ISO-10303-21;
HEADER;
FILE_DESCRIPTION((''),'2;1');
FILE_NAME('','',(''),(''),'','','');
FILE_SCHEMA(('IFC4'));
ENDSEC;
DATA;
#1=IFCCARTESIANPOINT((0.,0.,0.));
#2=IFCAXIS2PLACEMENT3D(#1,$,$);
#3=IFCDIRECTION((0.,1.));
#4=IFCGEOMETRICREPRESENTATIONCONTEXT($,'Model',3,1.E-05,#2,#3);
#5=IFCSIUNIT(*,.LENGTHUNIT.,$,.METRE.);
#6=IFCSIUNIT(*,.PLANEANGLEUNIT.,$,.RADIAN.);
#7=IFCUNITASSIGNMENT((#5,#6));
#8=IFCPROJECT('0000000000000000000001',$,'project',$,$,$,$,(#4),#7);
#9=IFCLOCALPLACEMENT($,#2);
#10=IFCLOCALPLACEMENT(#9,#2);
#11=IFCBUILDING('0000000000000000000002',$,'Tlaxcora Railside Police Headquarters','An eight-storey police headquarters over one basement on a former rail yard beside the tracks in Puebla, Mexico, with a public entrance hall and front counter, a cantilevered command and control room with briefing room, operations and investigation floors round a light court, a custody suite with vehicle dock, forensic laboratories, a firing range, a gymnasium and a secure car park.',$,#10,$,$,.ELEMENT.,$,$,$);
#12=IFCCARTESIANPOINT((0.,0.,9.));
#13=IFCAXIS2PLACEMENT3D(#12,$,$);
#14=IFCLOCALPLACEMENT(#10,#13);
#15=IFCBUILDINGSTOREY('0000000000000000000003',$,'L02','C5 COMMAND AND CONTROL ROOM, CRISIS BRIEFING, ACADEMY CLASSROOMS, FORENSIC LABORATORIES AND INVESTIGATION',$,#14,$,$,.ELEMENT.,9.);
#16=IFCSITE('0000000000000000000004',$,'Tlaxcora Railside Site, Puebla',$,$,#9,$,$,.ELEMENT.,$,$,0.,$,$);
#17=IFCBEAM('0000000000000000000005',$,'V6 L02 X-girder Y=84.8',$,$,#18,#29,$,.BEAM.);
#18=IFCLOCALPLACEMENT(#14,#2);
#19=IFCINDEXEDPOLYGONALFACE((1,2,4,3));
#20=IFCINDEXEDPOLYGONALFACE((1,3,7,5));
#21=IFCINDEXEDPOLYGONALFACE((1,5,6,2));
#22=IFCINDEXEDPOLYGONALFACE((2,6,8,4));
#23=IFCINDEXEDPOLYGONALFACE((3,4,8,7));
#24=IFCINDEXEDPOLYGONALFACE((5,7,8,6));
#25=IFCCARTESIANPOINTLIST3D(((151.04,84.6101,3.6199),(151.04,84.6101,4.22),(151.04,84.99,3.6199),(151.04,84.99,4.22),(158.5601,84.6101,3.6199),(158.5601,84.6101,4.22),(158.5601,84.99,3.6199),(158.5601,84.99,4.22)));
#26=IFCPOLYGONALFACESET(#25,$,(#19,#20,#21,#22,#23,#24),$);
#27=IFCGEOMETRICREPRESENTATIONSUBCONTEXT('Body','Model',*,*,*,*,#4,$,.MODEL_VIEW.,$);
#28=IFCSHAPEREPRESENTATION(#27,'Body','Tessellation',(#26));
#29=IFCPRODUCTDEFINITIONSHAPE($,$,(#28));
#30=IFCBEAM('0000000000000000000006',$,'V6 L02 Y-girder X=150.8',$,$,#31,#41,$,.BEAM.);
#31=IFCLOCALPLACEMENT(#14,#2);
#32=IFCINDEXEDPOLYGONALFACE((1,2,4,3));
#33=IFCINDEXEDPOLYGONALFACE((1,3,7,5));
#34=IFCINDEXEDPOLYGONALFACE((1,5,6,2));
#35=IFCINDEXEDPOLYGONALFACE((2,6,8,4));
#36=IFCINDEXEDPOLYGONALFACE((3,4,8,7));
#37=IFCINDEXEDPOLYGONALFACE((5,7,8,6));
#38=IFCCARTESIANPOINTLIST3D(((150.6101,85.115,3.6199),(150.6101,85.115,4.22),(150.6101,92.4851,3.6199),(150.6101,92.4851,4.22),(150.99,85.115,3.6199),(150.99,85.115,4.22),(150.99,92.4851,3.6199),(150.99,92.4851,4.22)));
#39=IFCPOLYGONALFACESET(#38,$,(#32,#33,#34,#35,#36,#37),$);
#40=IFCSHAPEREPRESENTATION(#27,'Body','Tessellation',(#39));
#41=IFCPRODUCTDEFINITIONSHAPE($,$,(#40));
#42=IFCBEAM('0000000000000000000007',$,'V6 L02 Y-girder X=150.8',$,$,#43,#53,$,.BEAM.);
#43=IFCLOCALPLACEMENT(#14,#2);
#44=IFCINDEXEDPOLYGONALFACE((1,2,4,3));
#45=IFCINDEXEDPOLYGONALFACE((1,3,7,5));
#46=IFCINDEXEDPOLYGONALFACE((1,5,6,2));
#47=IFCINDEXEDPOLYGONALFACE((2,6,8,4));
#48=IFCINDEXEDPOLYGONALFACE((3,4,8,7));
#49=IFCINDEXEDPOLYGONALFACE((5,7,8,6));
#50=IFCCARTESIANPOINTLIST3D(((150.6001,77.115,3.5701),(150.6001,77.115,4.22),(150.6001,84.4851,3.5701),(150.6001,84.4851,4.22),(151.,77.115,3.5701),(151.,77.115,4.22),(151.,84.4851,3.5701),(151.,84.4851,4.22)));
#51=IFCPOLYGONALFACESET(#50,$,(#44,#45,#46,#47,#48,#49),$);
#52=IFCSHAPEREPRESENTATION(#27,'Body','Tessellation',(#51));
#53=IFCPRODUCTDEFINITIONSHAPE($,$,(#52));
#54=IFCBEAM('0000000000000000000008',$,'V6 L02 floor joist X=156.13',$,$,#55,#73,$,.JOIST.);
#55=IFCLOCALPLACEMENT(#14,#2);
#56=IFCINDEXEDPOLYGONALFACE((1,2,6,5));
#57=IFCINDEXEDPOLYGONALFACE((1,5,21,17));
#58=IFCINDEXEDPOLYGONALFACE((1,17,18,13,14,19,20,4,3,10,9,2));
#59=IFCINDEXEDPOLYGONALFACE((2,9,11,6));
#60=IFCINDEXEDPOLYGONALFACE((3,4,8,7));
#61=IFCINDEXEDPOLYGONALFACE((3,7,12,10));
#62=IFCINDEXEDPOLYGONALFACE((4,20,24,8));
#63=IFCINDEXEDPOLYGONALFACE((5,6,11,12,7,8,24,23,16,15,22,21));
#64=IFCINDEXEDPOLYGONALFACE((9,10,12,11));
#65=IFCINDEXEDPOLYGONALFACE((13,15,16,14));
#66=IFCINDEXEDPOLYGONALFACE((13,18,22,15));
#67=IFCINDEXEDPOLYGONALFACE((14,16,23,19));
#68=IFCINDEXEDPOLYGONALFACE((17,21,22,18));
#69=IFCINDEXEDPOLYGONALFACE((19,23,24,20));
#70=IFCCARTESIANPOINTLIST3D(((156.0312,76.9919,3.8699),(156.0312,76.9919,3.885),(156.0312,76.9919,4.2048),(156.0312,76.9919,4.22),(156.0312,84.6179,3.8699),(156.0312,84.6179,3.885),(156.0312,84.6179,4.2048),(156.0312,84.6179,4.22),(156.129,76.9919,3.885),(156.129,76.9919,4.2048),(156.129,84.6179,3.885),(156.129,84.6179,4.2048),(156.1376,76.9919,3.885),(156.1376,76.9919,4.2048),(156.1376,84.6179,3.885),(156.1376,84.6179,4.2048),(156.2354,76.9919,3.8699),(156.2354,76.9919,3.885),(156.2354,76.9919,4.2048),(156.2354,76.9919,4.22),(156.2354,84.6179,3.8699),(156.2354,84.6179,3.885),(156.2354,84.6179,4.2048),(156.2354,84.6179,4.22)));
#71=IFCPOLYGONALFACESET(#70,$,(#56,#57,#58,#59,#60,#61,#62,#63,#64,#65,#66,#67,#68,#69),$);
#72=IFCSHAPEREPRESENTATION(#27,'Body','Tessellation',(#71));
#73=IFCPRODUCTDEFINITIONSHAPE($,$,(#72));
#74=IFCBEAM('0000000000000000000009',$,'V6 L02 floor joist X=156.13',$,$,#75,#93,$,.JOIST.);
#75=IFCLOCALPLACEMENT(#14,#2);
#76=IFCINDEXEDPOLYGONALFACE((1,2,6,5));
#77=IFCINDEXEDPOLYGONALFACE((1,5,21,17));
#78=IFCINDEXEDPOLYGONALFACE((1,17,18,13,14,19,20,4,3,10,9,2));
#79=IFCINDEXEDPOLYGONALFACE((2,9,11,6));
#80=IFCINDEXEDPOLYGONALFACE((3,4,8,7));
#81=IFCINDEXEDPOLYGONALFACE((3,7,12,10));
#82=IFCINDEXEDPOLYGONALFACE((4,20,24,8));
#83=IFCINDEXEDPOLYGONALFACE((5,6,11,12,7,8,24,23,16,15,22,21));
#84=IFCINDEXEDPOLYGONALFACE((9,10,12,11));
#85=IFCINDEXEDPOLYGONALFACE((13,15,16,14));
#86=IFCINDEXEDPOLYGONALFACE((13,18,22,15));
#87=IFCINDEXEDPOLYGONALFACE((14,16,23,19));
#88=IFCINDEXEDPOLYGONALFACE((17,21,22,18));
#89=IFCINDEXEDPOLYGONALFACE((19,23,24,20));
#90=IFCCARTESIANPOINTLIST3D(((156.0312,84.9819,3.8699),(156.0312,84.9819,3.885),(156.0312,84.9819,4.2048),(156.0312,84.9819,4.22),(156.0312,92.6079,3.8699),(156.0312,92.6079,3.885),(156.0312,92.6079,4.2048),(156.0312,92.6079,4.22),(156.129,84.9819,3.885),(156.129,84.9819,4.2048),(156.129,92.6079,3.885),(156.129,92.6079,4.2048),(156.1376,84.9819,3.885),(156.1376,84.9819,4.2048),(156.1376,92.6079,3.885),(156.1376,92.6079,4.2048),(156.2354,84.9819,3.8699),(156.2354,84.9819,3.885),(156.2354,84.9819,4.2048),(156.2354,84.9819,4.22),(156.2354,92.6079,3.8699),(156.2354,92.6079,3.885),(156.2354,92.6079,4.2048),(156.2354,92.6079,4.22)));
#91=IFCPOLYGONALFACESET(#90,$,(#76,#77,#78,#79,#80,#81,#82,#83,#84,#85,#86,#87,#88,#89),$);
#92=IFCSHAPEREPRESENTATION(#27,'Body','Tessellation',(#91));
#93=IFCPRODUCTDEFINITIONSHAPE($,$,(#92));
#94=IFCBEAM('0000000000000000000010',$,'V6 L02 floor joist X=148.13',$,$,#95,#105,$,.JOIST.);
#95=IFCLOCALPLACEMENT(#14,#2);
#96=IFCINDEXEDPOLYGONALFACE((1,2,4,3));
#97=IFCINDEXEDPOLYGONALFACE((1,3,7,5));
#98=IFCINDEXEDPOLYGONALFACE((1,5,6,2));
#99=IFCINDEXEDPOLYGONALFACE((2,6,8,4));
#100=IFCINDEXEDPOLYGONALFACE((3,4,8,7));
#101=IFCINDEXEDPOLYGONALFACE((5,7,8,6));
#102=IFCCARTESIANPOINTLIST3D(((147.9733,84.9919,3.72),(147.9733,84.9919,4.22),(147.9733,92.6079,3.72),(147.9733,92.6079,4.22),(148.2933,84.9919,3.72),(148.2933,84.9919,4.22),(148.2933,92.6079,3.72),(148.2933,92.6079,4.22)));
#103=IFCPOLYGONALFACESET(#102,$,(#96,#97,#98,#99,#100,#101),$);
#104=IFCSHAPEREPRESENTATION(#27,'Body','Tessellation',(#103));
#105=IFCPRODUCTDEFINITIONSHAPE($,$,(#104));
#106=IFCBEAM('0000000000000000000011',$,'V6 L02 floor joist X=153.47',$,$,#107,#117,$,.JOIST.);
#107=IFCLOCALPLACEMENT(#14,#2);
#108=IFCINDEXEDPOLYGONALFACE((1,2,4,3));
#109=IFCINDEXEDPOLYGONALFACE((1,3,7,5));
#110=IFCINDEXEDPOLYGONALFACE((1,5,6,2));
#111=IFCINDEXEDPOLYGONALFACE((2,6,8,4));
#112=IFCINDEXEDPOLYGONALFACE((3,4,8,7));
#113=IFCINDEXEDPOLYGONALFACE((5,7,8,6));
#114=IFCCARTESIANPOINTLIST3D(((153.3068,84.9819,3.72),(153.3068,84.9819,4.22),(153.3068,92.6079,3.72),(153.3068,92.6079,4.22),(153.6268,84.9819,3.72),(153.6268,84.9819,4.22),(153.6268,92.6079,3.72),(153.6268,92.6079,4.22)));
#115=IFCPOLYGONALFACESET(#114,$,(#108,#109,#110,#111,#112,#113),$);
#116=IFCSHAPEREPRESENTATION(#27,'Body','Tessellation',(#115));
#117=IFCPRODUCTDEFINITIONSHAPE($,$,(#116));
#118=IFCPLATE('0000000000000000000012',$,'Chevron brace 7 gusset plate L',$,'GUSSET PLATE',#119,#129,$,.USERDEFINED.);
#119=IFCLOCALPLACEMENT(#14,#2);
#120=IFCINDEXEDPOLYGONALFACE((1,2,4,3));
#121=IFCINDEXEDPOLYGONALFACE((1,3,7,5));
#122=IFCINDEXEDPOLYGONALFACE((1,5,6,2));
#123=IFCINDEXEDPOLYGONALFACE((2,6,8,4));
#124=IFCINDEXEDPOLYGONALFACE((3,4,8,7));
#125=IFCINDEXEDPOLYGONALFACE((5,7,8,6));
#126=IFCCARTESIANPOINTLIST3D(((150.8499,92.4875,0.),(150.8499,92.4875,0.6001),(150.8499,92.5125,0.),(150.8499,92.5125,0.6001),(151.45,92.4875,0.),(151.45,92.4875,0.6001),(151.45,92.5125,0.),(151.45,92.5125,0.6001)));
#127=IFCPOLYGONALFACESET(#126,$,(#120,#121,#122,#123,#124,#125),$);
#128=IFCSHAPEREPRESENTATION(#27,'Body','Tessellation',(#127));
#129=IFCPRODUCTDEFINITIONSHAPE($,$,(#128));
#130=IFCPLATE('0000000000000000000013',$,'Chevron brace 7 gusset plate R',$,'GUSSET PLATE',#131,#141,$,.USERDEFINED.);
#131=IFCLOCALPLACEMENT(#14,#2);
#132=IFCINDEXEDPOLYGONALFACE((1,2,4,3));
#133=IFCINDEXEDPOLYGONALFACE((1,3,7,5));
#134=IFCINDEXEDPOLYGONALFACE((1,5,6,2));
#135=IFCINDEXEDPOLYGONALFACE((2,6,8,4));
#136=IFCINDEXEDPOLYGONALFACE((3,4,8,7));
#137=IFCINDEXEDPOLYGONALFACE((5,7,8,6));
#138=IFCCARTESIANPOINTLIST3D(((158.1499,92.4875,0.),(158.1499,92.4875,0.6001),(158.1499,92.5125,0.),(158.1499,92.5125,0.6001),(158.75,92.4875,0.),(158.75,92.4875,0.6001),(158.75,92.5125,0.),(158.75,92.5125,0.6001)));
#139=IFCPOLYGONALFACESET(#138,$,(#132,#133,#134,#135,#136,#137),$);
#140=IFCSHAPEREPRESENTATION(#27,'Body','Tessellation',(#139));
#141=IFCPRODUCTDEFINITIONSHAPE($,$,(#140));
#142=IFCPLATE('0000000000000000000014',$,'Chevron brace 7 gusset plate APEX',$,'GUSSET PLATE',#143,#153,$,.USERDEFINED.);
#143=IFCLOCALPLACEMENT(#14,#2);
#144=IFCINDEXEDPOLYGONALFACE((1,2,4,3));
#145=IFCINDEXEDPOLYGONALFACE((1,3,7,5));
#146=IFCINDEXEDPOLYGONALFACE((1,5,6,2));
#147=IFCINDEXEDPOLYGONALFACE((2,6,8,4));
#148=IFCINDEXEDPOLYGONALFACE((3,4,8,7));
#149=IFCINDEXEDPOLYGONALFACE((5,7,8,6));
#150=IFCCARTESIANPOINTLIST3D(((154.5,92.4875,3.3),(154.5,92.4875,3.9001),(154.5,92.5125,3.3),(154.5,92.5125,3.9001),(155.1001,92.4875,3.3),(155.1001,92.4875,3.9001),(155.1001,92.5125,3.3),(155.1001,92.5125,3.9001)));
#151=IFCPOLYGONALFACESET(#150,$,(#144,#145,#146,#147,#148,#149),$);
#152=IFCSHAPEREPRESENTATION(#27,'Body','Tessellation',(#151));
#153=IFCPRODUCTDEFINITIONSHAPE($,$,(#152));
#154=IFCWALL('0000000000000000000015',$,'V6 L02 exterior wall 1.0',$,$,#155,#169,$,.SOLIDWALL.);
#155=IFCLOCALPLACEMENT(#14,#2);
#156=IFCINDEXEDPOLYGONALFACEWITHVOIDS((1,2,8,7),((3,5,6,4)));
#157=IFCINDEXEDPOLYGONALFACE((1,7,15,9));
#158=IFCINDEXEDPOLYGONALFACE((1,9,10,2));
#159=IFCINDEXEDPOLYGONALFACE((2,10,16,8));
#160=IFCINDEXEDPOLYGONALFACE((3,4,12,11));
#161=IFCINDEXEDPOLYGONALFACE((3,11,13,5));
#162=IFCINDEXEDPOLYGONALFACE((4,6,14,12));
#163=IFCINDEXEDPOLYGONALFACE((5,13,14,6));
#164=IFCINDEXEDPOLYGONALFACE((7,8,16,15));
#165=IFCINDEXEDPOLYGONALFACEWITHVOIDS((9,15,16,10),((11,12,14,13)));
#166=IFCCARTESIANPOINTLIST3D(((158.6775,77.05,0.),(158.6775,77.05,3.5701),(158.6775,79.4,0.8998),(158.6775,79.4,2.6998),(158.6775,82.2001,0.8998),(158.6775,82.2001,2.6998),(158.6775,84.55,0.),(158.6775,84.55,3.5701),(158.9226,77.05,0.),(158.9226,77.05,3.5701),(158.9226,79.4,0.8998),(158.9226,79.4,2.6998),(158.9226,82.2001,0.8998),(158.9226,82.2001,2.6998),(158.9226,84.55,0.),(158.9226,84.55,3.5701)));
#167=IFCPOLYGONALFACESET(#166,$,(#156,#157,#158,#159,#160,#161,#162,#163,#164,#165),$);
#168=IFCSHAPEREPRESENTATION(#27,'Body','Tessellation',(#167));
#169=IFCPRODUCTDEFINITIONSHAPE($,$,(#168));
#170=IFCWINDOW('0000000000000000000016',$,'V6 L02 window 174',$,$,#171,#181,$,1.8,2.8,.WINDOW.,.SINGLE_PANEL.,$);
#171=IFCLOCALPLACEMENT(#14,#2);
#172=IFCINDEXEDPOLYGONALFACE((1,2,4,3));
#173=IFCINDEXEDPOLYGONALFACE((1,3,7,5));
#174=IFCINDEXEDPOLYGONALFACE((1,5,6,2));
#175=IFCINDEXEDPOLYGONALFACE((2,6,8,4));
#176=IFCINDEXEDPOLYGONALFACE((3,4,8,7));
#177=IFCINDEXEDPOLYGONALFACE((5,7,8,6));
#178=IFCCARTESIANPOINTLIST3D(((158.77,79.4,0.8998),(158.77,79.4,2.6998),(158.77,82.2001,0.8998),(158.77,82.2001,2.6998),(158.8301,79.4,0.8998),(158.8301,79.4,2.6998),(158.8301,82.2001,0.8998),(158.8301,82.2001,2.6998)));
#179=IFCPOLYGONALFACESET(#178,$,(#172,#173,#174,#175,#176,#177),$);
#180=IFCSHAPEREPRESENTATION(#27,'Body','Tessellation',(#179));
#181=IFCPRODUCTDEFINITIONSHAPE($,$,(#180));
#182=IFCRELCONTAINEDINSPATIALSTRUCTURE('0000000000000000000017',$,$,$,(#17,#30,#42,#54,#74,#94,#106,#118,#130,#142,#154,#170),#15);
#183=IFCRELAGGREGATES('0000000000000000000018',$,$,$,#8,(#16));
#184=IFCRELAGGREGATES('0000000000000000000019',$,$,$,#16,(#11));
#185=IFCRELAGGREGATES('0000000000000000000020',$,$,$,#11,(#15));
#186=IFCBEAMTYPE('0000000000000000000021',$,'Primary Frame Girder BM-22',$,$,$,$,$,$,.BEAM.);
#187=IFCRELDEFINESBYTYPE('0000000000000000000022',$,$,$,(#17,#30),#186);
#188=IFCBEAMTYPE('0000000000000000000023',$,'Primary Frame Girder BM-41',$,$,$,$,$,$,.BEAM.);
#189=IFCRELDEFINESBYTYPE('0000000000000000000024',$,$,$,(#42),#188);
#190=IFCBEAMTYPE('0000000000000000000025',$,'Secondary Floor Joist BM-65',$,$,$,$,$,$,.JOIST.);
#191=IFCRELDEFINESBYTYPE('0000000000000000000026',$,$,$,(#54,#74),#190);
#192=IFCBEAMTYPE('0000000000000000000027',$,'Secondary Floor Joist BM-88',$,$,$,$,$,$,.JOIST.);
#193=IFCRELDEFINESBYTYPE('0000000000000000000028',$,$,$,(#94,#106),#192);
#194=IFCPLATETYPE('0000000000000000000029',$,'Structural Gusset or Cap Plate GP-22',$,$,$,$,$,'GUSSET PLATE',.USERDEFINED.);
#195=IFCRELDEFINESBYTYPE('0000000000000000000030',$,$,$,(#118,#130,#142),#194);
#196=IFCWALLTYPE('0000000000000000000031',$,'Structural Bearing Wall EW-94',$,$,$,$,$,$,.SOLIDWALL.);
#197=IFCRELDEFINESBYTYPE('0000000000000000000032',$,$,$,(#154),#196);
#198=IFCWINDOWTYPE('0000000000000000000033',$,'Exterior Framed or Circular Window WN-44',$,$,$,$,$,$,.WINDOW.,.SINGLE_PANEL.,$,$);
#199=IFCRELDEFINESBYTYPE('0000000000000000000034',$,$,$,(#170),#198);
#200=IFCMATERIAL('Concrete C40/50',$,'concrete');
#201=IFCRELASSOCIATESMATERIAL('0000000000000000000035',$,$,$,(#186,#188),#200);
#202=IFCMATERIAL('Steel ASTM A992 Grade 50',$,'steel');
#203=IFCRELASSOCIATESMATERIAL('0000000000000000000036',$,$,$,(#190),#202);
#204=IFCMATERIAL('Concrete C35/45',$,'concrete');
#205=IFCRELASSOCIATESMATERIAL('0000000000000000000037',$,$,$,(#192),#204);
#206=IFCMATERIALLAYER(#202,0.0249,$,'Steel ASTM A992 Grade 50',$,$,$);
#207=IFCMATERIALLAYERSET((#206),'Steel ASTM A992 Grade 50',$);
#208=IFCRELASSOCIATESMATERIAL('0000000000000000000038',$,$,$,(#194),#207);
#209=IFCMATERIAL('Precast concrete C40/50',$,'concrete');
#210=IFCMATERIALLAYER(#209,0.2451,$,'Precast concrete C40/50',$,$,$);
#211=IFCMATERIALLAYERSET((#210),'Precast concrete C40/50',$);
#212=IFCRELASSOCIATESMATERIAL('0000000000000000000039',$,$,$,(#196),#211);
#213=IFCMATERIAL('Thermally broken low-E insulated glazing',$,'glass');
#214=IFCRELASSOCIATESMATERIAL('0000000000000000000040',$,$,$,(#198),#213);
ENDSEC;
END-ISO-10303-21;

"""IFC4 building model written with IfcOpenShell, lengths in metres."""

from ifc_helpers import new_model, si_unit, direction, frame, frame_2d, origin, origin_2d, place, context, subcontext, project, spatial, rectangle, i_section, extrude, material, layer, layer_set, material_profile, profile_set, type_object, element, fill, save


model = new_model("IFC4")

# Units and contexts
model_context = context("Model", 3, precision=1e-05, world=origin(), true_north=direction((0.0, 1.0)))
body_context = subcontext(model_context, "Body", "Model", "MODEL_VIEW")
ifc_project = project(units=[si_unit("LENGTHUNIT", "METRE"), si_unit("PLANEANGLEUNIT", "RADIAN")], contexts=[model_context])

# Site, building, storey
site_placement = place(None, origin())
site = spatial("IfcSite", under=ifc_project, at=site_placement, Name="Tlaxcora Railside Site, Puebla", CompositionType="ELEMENT", RefElevation=0.0)
building_placement = place(site_placement, origin())
building = spatial("IfcBuilding", under=site, at=building_placement, Name="Tlaxcora Railside Police Headquarters", Description="An eight-storey police headquarters over one basement on a former rail yard beside the tracks in Puebla, Mexico, with a public entrance hall and front counter, a cantilevered command and control room with briefing room, operations and investigation floors round a light court, a custody suite with vehicle dock, forensic laboratories, a firing range, a gymnasium and a secure car park.", CompositionType="ELEMENT")
storey_placement = place(building_placement, frame((0.0, 0.0, 9.0)))
storey = spatial("IfcBuildingStorey", under=building, at=storey_placement, Name="L02", Description="C5 COMMAND AND CONTROL ROOM, CRISIS BRIEFING, ACADEMY CLASSROOMS, FORENSIC LABORATORIES AND INVESTIGATION", CompositionType="ELEMENT", Elevation=9.0)

# Shared definitions
ifc_material_1 = material(Name="Concrete C40/50", Category="concrete")

# Shared definitions
ifc_material_2 = material(Name="Steel ASTM A992 Grade 50", Category="steel")

# Beams
ifc_material_profile_1 = material_profile(ifc_material_1, rectangle(XDim=0.3799, YDim=0.6001, at=origin_2d()), Name="RC380X600")
ifc_profile_set_1 = profile_set([ifc_material_profile_1], Name="Concrete C40/50")
beam_type_1 = type_object("IfcBeamType", Name="Primary Frame Girder BM-22", PredefinedType="BEAM", material=ifc_profile_set_1)
beam_1_placement = place(storey_placement, frame((151.04, 84.8, 3.9199), z_axis=(1.0, 0.0, 0.0), x_axis=(0.0, 1.0, 0.0)))
element("IfcBeam", 1, at=beam_1_placement, inside=storey, type_object=beam_type_1, Name="V6 L02 X-girder Y=84.8", PredefinedType="BEAM", context=body_context, shape_type="SweptSolid", body=[
    extrude(rectangle(XDim=0.3799, YDim=0.6001, at=origin_2d()), origin(), (0.0, 0.0, 1.0), 7.52),
])
beam_2_placement = place(storey_placement, frame((150.8, 85.115, 3.9199), z_axis=(0.0, 1.0, 0.0), x_axis=(-1.0, 0.0, 0.0)))
element("IfcBeam", 2, at=beam_2_placement, inside=storey, type_object=beam_type_1, Name="V6 L02 Y-girder X=150.8", PredefinedType="BEAM", context=body_context, shape_type="SweptSolid", body=[
    extrude(rectangle(XDim=0.3799, YDim=0.6001, at=origin_2d()), origin(), (0.0, 0.0, 1.0), 7.3701),
])
ifc_material_profile_2 = material_profile(ifc_material_1, rectangle(XDim=0.3999, YDim=0.6499, at=origin_2d()), Name="RC400X650")
ifc_profile_set_2 = profile_set([ifc_material_profile_2], Name="Concrete C40/50")
beam_type_2 = type_object("IfcBeamType", Name="Primary Frame Girder BM-41", PredefinedType="BEAM", material=ifc_profile_set_2)
beam_3_placement = place(storey_placement, frame((150.8, 77.115, 3.895), z_axis=(0.0, 1.0, 0.0), x_axis=(-1.0, 0.0, 0.0)))
element("IfcBeam", 3, at=beam_3_placement, inside=storey, type_object=beam_type_2, Name="V6 L02 Y-girder X=150.8", PredefinedType="BEAM", context=body_context, shape_type="SweptSolid", body=[
    extrude(rectangle(XDim=0.3999, YDim=0.6499, at=origin_2d()), origin(), (0.0, 0.0, 1.0), 7.3701),
])
ifc_material_profile_3 = material_profile(ifc_material_2, i_section(OverallWidth=0.2041, OverallDepth=0.3501, WebThickness=0.0085, FlangeThickness=0.0151, at=origin_2d()), Name="W14X48")
ifc_profile_set_3 = profile_set([ifc_material_profile_3], Name="Steel ASTM A992 Grade 50")
beam_type_3 = type_object("IfcBeamType", Name="Secondary Floor Joist BM-65", PredefinedType="JOIST", material=ifc_profile_set_3)
for number, where, z_axis, x_axis, name in (
    (4, (156.1333, 76.9919, 4.0449), (0.0, 1.0, 0.0), (-1.0, 0.0, 0.0), "V6 L02 floor joist X=156.13"),
    (5, (156.1333, 84.9819, 4.0449), (0.0, 1.0, 0.0), (-1.0, 0.0, 0.0), "V6 L02 floor joist X=156.13"),
):
    element("IfcBeam", number, at=place(storey_placement, frame(where, z_axis=z_axis, x_axis=x_axis)), inside=storey, type_object=beam_type_3, Name=name, PredefinedType="JOIST", context=body_context, shape_type="SweptSolid", body=[
        extrude(i_section(OverallWidth=0.2041, OverallDepth=0.3501, WebThickness=0.0085, FlangeThickness=0.0151, at=origin_2d()), origin(), (0.0, 0.0, 1.0), 7.626),
    ])
ifc_material_3 = material(Name="Concrete C35/45", Category="concrete")
ifc_material_profile_4 = material_profile(ifc_material_3, rectangle(XDim=0.3201, YDim=0.5, at=origin_2d()), Name="RC320X500")
ifc_profile_set_4 = profile_set([ifc_material_profile_4], Name="Concrete C35/45")
beam_type_4 = type_object("IfcBeamType", Name="Secondary Floor Joist BM-88", PredefinedType="JOIST", material=ifc_profile_set_4)
beam_4_placement = place(storey_placement, frame((148.1333, 84.9919, 3.97), z_axis=(0.0, 1.0, 0.0), x_axis=(-1.0, 0.0, 0.0)))
element("IfcBeam", 6, at=beam_4_placement, inside=storey, type_object=beam_type_4, Name="V6 L02 floor joist X=148.13", PredefinedType="JOIST", context=body_context, shape_type="SweptSolid", body=[
    extrude(rectangle(XDim=0.3201, YDim=0.5, at=origin_2d()), origin(), (0.0, 0.0, 1.0), 7.616),
])
beam_5_placement = place(storey_placement, frame((153.4668, 84.9819, 3.97), z_axis=(0.0, 1.0, 0.0), x_axis=(-1.0, 0.0, 0.0)))
element("IfcBeam", 7, at=beam_5_placement, inside=storey, type_object=beam_type_4, Name="V6 L02 floor joist X=153.47", PredefinedType="JOIST", context=body_context, shape_type="SweptSolid", body=[
    extrude(rectangle(XDim=0.3201, YDim=0.5, at=origin_2d()), origin(), (0.0, 0.0, 1.0), 7.626),
])

# Plates
ifc_layer_1 = layer(ifc_material_2, 0.0249, Name="Steel ASTM A992 Grade 50")
ifc_layer_set_1 = layer_set([ifc_layer_1], Name="Steel ASTM A992 Grade 50")
plate_type = type_object("IfcPlateType", Name="Structural Gusset or Cap Plate GP-22", ElementType="GUSSET PLATE", PredefinedType="USERDEFINED", material=ifc_layer_set_1)
for number, where, z_axis, x_axis, name in (
    (8, (151.1499, 92.5, 0.0), (0.0, 0.0, 1.0), (1.0, 0.0, 0.0), "Chevron brace 7 gusset plate L"),
    (9, (158.45, 92.5, 0.0), (0.0, 0.0, 1.0), (1.0, 0.0, 0.0), "Chevron brace 7 gusset plate R"),
    (10, (154.8, 92.5, 3.3), (0.0, 0.0, 1.0), (1.0, 0.0, 0.0), "Chevron brace 7 gusset plate APEX"),
):
    element("IfcPlate", number, at=place(storey_placement, frame(where, z_axis=z_axis, x_axis=x_axis)), inside=storey, type_object=plate_type, Name=name, ObjectType="GUSSET PLATE", PredefinedType="USERDEFINED", context=body_context, shape_type="SweptSolid", body=[
        extrude(rectangle(XDim=0.6001, YDim=0.0249, at=origin_2d()), origin(), (0.0, 0.0, 1.0), 0.6001),
    ])

# Wall, opening, window
ifc_material_4 = material(Name="Precast concrete C40/50", Category="concrete")
ifc_layer_2 = layer(ifc_material_4, 0.2451, Name="Precast concrete C40/50")
ifc_layer_set_2 = layer_set([ifc_layer_2], Name="Precast concrete C40/50")
wall_type = type_object("IfcWallType", Name="Structural Bearing Wall EW-94", PredefinedType="SOLIDWALL", material=ifc_layer_set_2)
wall_1_placement = place(storey_placement, frame((158.8, 77.05, 0.0), z_axis=(0.0, 0.0, 1.0), x_axis=(0.0, 1.0, 0.0)))
wall_1 = element("IfcWall", 11, at=wall_1_placement, inside=storey, type_object=wall_type, Name="V6 L02 exterior wall 1.0", PredefinedType="SOLIDWALL", context=body_context, shape_type="SweptSolid", body=[
    extrude(rectangle(XDim=7.5, YDim=0.2451, at=frame_2d((3.75, 0.0))), origin(), (0.0, 0.0, 1.0), 3.5701),
])
opening_1_placement = place(wall_1_placement, frame((2.3501, 0.0, 0.8999)))
opening_1 = element("IfcOpeningElement", 12, at=opening_1_placement, cuts=wall_1, PredefinedType="OPENING", context=body_context, shape_type="SweptSolid", body=[
    extrude(rectangle(XDim=2.8, YDim=1.8, at=frame_2d((1.3999, 0.8999))), frame((0.0, 0.1326, 0.0), z_axis=(0.0, -1.0, 0.0), x_axis=(1.0, 0.0, 0.0)), (0.0, 0.0, 1.0), 0.2651),
])
ifc_material_5 = material(Name="Thermally broken low-E insulated glazing", Category="glass")
window_type_1 = type_object("IfcWindowType", Name="Exterior Framed or Circular Window WN-44", PartitioningType="SINGLE_PANEL", PredefinedType="WINDOW", material=ifc_material_5)
window_1_placement = place(opening_1_placement, origin())
window_1 = element("IfcWindow", 13, at=window_1_placement, inside=storey, type_object=window_type_1, Name="V6 L02 window 174", OverallHeight=1.8, OverallWidth=2.8, PartitioningType="SINGLE_PANEL", PredefinedType="WINDOW", context=body_context, shape_type="SweptSolid", body=[
    extrude(rectangle(XDim=2.8, YDim=1.8, at=frame_2d((1.3999, 0.8999))), frame((0.0, 0.03, 0.0), z_axis=(0.0, -1.0, 0.0), x_axis=(1.0, 0.0, 0.0)), (0.0, 0.0, 1.0), 0.0601),
])
fill(opening_1, window_1)

save(model, "model.ifc")
